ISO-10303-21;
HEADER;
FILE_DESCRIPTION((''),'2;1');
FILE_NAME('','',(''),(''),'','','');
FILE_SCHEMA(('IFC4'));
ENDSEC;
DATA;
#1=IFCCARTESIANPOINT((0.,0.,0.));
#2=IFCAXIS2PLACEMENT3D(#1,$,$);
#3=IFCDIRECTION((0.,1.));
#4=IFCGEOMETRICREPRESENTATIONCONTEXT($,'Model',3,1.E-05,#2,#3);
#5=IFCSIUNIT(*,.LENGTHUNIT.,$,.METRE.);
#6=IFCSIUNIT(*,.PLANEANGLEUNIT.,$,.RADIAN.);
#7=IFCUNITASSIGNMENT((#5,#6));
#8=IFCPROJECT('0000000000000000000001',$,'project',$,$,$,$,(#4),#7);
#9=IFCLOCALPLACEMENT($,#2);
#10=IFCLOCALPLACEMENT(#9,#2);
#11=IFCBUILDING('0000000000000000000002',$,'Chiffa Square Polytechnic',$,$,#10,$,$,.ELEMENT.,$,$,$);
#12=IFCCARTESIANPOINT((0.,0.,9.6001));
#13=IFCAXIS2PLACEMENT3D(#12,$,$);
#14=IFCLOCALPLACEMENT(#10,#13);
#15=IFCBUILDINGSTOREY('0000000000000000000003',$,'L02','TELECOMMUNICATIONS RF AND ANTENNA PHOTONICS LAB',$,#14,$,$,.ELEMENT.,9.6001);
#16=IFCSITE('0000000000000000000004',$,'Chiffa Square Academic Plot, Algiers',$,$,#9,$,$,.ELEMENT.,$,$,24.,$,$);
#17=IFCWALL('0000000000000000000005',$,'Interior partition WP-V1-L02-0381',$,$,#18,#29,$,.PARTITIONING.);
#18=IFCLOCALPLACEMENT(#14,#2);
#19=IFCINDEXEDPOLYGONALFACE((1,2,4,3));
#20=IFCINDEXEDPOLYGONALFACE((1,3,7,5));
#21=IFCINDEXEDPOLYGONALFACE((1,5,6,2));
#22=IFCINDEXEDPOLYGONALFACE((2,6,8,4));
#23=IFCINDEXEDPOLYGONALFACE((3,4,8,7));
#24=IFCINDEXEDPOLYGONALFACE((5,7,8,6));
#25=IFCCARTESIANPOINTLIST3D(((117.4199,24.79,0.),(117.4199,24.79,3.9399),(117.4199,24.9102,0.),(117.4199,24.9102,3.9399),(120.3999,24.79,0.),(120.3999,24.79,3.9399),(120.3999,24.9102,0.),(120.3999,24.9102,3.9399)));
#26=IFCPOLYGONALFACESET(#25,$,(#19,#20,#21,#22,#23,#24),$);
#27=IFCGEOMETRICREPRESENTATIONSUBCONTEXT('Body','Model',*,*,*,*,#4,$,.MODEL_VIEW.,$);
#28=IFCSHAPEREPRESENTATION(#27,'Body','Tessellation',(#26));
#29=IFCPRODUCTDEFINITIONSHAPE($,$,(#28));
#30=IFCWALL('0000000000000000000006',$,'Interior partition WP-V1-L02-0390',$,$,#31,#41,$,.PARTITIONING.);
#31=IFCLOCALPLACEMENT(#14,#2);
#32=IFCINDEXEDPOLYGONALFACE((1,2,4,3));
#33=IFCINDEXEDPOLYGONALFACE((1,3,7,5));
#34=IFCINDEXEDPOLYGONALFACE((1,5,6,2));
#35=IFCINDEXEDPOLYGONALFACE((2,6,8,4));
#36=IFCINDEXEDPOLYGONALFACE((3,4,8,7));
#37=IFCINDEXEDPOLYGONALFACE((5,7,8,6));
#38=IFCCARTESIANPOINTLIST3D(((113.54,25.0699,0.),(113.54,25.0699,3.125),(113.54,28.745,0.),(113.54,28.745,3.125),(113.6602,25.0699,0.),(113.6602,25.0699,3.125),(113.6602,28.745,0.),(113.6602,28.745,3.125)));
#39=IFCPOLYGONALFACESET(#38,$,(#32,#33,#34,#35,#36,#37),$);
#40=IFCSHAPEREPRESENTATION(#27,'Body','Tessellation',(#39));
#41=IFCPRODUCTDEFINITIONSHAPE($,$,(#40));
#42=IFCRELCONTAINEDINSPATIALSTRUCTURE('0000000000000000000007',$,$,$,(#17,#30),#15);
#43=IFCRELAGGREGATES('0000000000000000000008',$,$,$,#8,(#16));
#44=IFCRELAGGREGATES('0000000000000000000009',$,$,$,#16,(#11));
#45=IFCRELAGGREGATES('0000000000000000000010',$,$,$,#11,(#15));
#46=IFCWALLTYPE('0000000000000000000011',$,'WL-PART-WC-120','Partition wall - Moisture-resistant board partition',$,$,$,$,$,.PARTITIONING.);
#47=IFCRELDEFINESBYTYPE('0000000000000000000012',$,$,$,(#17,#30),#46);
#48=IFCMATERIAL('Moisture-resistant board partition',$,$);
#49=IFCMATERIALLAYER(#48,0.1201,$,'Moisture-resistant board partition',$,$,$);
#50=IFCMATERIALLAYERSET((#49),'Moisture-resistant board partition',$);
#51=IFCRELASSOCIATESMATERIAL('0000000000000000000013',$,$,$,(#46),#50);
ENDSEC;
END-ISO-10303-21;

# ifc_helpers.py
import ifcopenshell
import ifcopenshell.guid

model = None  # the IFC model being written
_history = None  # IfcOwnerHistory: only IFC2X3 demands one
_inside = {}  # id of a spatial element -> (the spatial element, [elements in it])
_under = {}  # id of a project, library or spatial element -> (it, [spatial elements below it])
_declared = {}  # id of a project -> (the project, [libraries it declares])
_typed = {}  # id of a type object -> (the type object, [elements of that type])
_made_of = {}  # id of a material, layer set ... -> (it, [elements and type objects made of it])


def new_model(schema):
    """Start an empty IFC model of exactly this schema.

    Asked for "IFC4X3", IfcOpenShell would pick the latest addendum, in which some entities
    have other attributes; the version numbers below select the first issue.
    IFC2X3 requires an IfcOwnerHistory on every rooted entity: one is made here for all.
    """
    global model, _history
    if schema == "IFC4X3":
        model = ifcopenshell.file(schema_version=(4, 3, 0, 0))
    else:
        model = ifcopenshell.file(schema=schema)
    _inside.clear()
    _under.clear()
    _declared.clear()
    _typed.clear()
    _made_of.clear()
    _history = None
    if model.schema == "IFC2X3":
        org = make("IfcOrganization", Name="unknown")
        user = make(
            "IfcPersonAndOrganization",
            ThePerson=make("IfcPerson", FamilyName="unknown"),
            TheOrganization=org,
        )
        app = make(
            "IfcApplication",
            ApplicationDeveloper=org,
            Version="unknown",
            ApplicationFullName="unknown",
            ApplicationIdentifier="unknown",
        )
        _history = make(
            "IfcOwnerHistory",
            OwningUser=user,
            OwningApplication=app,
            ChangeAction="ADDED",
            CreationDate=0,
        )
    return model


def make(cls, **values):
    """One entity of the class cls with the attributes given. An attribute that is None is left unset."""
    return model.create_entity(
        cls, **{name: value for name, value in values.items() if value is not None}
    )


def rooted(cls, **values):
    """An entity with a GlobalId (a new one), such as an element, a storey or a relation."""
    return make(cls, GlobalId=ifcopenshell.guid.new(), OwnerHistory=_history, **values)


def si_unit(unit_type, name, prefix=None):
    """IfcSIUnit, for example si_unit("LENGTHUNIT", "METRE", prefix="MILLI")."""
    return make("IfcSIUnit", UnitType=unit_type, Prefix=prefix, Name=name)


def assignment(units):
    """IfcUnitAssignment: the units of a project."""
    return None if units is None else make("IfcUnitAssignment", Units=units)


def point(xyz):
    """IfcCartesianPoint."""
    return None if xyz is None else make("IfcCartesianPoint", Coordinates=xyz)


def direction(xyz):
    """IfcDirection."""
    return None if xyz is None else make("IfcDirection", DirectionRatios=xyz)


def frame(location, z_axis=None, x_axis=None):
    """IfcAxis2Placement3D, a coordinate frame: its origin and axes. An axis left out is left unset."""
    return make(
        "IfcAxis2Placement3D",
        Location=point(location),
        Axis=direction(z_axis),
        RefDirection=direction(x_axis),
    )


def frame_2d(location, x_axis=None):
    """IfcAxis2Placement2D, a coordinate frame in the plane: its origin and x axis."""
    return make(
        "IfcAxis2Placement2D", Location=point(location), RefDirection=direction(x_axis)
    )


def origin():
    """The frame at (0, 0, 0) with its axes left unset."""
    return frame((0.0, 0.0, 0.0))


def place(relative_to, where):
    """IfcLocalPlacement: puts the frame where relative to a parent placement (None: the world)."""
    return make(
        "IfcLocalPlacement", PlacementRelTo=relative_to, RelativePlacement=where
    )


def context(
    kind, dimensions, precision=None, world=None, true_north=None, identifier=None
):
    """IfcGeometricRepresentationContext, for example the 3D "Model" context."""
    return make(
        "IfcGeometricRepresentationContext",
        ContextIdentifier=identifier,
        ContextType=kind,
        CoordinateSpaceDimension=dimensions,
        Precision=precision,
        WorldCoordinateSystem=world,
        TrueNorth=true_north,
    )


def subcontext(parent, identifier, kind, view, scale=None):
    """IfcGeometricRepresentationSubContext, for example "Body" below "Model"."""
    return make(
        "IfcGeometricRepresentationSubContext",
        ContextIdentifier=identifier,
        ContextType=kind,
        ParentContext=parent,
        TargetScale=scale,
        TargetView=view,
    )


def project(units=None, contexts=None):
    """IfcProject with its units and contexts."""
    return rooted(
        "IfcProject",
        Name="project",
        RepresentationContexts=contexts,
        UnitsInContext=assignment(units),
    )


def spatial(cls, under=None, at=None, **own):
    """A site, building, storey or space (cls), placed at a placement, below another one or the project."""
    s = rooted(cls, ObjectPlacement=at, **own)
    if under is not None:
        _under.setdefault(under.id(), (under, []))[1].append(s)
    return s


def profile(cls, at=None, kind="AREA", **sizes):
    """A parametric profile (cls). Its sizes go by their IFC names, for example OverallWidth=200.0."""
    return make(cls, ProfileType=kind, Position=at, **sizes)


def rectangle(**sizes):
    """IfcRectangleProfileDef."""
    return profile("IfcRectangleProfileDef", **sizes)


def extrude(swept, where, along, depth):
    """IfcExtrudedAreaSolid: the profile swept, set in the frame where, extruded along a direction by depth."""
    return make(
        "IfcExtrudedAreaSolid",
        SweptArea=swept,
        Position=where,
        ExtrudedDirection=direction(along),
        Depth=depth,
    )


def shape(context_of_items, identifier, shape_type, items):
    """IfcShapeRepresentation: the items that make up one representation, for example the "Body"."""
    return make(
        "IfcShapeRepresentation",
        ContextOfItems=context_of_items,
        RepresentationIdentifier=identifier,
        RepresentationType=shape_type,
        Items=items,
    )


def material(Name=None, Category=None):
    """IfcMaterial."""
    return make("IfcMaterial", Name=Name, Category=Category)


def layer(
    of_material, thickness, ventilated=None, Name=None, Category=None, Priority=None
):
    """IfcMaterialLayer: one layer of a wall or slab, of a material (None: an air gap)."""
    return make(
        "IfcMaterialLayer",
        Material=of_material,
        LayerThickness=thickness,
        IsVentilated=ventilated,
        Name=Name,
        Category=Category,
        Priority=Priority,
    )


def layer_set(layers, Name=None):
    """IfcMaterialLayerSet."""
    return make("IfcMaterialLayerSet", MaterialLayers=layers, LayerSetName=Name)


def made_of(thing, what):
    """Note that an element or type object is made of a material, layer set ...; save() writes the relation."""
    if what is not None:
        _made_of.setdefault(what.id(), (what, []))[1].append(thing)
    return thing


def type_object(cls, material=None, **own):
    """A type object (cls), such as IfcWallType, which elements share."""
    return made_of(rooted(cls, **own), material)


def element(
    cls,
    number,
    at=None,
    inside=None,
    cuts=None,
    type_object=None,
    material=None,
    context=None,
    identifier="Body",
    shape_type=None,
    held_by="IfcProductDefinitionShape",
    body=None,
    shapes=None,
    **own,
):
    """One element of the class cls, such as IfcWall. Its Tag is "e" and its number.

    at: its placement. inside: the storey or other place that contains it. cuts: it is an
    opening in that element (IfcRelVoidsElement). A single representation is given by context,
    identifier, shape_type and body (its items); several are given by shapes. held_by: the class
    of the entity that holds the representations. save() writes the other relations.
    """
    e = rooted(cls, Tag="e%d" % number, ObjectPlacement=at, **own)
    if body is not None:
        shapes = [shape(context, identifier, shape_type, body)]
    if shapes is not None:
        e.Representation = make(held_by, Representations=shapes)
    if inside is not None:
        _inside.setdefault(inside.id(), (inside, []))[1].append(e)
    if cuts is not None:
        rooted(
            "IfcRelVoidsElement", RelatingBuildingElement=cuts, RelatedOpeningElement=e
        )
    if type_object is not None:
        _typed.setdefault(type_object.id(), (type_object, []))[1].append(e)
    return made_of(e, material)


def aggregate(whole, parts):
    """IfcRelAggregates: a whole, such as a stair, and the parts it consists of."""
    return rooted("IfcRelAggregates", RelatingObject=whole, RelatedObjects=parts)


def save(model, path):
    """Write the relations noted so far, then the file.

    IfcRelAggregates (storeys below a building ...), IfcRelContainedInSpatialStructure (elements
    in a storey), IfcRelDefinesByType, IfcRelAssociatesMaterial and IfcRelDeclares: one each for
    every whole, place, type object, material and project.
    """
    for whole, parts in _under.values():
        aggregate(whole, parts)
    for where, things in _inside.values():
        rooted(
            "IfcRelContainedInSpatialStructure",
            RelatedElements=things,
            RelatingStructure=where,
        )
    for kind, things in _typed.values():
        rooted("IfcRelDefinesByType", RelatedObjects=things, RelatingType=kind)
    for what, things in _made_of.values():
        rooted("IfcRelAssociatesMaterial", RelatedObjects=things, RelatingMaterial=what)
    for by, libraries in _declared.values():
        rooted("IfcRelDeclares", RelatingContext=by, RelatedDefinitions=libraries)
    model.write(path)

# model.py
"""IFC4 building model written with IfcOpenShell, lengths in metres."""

from ifc_helpers import new_model, si_unit, direction, frame, frame_2d, origin, place, context, subcontext, project, spatial, rectangle, extrude, material, layer, layer_set, type_object, element, save


model = new_model("IFC4")

# Units and contexts
model_context = context("Model", 3, precision=1e-05, world=origin(), true_north=direction((0.0, 1.0)))
body_context = subcontext(model_context, "Body", "Model", "MODEL_VIEW")
ifc_project = project(units=[si_unit("LENGTHUNIT", "METRE"), si_unit("PLANEANGLEUNIT", "RADIAN")], contexts=[model_context])

# Site, building, storey
site_placement = place(None, origin())
site = spatial("IfcSite", under=ifc_project, at=site_placement, Name="Chiffa Square Academic Plot, Algiers", CompositionType="ELEMENT", RefElevation=24.0)
building_placement = place(site_placement, origin())
building = spatial("IfcBuilding", under=site, at=building_placement, Name="Chiffa Square Polytechnic", CompositionType="ELEMENT")
storey_placement = place(building_placement, frame((0.0, 0.0, 9.6001)))
storey = spatial("IfcBuildingStorey", under=building, at=storey_placement, Name="L02", Description="TELECOMMUNICATIONS RF AND ANTENNA PHOTONICS LAB", CompositionType="ELEMENT", Elevation=9.6001)

# Shared definitions
ifc_material_1 = material(Name="Moisture-resistant board partition")
ifc_layer_1 = layer(ifc_material_1, 0.1201, Name="Moisture-resistant board partition")
ifc_layer_set_1 = layer_set([ifc_layer_1], Name="Moisture-resistant board partition")
wall_type_1 = type_object("IfcWallType", Name="WL-PART-WC-120", Description="Partition wall - Moisture-resistant board partition", PredefinedType="PARTITIONING", material=ifc_layer_set_1)

# Wall
wall_1_placement = place(storey_placement, frame((117.4199, 24.8501, 0.0), z_axis=(0.0, 0.0, 1.0), x_axis=(1.0, 0.0, 0.0)))
element("IfcWall", 1, at=wall_1_placement, inside=storey, type_object=wall_type_1, Name="Interior partition WP-V1-L02-0381", PredefinedType="PARTITIONING", context=body_context, shape_type="SweptSolid", body=[
    extrude(rectangle(XDim=2.98, YDim=0.1201, at=frame_2d((1.49, 0.0))), origin(), (0.0, 0.0, 1.0), 3.9399),
])

# Wall
wall_2_placement = place(storey_placement, frame((113.6001, 25.0701, 0.0), z_axis=(0.0, 0.0, 1.0), x_axis=(0.0, 1.0, 0.0)))
element("IfcWall", 2, at=wall_2_placement, inside=storey, type_object=wall_type_1, Name="Interior partition WP-V1-L02-0390", PredefinedType="PARTITIONING", context=body_context, shape_type="SweptSolid", body=[
    extrude(rectangle(XDim=3.675, YDim=0.1201, at=frame_2d((1.8374, 0.0))), origin(), (0.0, 0.0, 1.0), 3.125),
])

save(model, "model.ifc")
